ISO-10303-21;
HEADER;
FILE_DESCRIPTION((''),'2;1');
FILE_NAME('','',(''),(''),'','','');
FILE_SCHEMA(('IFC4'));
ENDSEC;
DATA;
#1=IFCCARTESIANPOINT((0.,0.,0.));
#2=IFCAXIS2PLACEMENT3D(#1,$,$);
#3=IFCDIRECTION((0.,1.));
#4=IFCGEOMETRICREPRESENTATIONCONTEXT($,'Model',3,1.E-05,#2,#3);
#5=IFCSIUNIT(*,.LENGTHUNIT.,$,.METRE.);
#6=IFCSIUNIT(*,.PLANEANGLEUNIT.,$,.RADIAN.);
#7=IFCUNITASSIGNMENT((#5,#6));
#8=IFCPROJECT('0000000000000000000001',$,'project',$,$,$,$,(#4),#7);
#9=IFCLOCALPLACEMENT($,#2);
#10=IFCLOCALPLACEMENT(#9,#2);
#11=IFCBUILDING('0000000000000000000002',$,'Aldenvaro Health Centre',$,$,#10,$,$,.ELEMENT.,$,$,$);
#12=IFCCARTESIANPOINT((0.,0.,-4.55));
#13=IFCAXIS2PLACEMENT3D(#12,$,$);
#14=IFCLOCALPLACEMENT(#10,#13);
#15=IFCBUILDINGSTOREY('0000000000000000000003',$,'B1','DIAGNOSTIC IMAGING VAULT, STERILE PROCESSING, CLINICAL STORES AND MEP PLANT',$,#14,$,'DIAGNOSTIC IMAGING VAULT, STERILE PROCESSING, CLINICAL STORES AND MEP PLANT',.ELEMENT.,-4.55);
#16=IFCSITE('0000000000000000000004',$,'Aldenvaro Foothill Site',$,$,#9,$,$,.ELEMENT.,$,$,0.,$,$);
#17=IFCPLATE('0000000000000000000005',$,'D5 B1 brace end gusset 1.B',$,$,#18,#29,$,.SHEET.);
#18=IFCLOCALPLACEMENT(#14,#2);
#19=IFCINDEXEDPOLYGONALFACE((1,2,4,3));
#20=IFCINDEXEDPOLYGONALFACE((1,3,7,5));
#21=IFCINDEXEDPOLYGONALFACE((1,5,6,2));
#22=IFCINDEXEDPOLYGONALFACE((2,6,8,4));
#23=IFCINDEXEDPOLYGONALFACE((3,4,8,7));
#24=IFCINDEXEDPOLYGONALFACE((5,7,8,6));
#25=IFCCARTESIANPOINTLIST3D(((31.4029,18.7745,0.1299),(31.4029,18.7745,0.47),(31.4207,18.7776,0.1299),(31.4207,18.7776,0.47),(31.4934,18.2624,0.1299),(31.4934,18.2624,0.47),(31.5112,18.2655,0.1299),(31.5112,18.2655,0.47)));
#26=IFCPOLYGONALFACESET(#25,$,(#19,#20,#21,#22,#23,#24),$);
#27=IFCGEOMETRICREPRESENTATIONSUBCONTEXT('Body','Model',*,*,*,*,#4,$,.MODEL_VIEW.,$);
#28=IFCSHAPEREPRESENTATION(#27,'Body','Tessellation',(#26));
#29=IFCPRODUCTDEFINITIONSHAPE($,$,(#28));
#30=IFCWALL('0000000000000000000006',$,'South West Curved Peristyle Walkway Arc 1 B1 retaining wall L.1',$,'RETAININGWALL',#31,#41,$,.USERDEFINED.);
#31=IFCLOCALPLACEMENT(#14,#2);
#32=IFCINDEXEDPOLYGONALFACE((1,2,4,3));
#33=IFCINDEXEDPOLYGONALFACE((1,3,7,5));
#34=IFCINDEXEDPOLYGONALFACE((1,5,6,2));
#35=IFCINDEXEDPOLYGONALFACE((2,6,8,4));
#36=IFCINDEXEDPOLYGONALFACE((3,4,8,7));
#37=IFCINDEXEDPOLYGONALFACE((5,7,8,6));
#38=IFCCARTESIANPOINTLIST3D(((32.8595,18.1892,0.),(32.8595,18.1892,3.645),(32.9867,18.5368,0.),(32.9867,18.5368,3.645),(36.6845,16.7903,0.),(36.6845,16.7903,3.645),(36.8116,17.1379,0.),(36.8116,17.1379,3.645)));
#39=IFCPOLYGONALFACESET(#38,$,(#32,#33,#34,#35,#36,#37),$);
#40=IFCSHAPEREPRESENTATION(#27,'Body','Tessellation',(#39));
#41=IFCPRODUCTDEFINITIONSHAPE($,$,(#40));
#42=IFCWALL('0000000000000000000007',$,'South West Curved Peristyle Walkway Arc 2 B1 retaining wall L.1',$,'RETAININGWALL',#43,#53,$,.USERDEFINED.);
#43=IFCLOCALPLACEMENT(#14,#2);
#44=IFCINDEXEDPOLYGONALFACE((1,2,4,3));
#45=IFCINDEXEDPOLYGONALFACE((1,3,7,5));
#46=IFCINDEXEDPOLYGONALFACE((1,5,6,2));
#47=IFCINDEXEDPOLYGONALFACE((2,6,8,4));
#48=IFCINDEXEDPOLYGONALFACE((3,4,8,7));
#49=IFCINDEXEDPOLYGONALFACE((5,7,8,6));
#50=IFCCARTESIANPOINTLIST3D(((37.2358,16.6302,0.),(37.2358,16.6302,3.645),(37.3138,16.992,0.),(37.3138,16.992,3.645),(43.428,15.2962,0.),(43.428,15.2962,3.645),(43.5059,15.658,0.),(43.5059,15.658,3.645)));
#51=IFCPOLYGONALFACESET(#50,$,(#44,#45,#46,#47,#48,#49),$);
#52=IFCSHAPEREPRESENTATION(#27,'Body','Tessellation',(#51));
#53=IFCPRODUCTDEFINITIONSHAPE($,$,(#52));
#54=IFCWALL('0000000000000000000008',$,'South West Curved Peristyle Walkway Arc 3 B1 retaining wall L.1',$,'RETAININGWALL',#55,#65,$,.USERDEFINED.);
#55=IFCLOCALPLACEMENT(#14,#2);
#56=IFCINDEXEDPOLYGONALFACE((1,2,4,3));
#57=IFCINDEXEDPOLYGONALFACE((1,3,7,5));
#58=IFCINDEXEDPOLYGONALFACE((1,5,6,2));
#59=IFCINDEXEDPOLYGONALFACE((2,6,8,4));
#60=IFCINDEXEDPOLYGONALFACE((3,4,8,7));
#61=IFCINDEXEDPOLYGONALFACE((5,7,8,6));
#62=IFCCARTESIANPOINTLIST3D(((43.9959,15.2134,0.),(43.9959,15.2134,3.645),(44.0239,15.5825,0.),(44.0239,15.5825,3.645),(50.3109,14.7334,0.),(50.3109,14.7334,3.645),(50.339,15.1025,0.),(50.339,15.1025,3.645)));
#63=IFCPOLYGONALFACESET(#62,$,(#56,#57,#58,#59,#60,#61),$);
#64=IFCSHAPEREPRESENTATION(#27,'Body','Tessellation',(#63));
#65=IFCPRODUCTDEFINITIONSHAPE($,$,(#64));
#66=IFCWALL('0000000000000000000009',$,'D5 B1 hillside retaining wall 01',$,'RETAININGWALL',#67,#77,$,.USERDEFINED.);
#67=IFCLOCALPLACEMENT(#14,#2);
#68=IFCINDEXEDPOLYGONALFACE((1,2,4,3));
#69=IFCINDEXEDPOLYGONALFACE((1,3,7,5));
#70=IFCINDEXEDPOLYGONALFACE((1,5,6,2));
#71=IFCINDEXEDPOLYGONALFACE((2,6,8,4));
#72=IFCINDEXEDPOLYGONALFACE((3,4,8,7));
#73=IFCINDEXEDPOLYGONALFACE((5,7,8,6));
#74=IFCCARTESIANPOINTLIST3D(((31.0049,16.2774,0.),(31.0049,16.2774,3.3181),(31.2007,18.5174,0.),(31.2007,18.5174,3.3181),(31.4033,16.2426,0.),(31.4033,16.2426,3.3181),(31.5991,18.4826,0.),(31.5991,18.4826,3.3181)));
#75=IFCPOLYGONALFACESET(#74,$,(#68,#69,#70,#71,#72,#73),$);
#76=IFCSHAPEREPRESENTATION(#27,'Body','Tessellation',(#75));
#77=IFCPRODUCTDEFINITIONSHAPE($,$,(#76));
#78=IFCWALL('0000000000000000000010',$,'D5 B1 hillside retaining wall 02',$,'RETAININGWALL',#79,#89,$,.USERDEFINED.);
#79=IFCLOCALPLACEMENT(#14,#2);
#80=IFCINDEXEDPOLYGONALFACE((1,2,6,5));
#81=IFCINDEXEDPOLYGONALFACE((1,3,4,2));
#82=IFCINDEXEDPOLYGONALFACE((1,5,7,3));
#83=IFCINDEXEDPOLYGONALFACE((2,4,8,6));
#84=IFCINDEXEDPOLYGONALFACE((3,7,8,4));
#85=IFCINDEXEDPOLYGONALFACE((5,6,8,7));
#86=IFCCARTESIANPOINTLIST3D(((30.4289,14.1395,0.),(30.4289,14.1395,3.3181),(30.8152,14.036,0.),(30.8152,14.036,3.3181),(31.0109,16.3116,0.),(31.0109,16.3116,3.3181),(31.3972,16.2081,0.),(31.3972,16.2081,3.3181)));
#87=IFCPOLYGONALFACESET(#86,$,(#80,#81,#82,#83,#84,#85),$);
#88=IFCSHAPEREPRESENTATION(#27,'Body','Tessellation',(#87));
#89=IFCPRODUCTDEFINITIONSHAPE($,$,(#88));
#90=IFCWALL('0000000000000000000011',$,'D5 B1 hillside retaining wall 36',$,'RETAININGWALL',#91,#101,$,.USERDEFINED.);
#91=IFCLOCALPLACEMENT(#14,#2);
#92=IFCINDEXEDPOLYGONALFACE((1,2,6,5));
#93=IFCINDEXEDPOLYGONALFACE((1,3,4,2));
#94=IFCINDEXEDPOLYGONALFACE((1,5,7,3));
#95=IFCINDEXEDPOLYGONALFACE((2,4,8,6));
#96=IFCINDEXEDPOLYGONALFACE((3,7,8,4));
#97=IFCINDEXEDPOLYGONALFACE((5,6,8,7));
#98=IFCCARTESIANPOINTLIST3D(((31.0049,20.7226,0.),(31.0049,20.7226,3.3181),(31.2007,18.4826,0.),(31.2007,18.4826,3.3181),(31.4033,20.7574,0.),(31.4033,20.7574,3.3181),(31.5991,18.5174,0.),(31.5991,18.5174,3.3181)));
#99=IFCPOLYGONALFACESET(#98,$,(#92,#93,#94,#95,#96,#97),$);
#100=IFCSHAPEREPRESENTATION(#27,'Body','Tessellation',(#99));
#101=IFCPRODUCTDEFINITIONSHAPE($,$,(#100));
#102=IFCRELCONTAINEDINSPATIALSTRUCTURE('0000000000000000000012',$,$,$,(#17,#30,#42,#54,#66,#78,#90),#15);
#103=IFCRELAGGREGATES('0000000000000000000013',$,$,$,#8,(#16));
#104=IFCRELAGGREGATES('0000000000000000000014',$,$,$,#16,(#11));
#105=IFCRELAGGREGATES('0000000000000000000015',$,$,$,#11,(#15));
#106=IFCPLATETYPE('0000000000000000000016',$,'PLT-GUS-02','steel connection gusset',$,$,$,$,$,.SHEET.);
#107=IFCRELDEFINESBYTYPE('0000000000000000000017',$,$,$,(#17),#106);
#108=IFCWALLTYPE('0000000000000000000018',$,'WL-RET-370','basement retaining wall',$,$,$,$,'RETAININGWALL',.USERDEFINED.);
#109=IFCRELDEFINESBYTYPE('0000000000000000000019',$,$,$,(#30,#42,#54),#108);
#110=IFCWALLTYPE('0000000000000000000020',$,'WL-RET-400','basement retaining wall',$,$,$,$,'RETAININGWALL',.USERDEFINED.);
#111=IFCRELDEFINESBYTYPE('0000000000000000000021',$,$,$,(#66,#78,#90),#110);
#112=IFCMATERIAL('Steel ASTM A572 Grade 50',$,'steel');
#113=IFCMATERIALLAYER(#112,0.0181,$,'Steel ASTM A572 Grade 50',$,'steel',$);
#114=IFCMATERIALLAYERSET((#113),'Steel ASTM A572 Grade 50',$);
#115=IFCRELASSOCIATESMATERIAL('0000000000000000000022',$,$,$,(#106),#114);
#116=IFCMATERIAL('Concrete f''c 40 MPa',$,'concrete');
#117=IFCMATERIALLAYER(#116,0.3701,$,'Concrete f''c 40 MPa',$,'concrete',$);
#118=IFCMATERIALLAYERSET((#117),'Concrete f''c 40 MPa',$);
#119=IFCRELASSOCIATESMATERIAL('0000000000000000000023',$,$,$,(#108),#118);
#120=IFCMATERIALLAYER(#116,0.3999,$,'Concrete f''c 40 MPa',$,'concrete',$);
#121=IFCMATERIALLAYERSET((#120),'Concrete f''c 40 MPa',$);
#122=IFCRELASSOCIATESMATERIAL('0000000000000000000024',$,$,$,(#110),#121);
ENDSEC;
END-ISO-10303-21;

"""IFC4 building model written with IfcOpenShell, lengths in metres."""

from ifc_helpers import new_model, si_unit, direction, frame, frame_2d, origin, origin_2d, place, context, subcontext, project, spatial, rectangle, extrude, material, layer, layer_set, type_object, element, save


model = new_model("IFC4")

# Units and contexts
model_context = context("Model", 3, precision=1e-05, world=origin(), true_north=direction((0.0, 1.0)))
body_context = subcontext(model_context, "Body", "Model", "MODEL_VIEW")
ifc_project = project(units=[si_unit("LENGTHUNIT", "METRE"), si_unit("PLANEANGLEUNIT", "RADIAN")], contexts=[model_context])

# Site, building, storey
site_placement = place(None, origin())
site = spatial("IfcSite", under=ifc_project, at=site_placement, Name="Aldenvaro Foothill Site", CompositionType="ELEMENT", RefElevation=0.0)
building_placement = place(site_placement, origin())
building = spatial("IfcBuilding", under=site, at=building_placement, Name="Aldenvaro Health Centre", CompositionType="ELEMENT")
storey_placement = place(building_placement, frame((0.0, 0.0, -4.55)))
storey = spatial("IfcBuildingStorey", under=building, at=storey_placement, Name="B1", Description="DIAGNOSTIC IMAGING VAULT, STERILE PROCESSING, CLINICAL STORES AND MEP PLANT", LongName="DIAGNOSTIC IMAGING VAULT, STERILE PROCESSING, CLINICAL STORES AND MEP PLANT", CompositionType="ELEMENT", Elevation=-4.55)

# Shared definitions
ifc_material_1 = material(Name="Concrete f'c 40 MPa", Category="concrete")

# Plate
ifc_material_2 = material(Name="Steel ASTM A572 Grade 50", Category="steel")
ifc_layer_1 = layer(ifc_material_2, 0.0181, Name="Steel ASTM A572 Grade 50", Category="steel")
ifc_layer_set_1 = layer_set([ifc_layer_1], Name="Steel ASTM A572 Grade 50")
plate_type = type_object("IfcPlateType", Name="PLT-GUS-02", Description="steel connection gusset", PredefinedType="SHEET", material=ifc_layer_set_1)
plate_placement = place(storey_placement, frame((31.457, 18.52, 0.1299), z_axis=(0.0, 0.0, 1.0), x_axis=(-0.173958, 0.984753, 0.0)))
element("IfcPlate", 1, at=plate_placement, inside=storey, type_object=plate_type, Name="D5 B1 brace end gusset 1.B", PredefinedType="SHEET", context=body_context, shape_type="SweptSolid", body=[
    extrude(rectangle(XDim=0.52, YDim=0.0181, at=origin_2d()), origin(), (0.0, 0.0, 1.0), 0.3401),
])

# Walls
ifc_layer_2 = layer(ifc_material_1, 0.3701, Name="Concrete f'c 40 MPa", Category="concrete")
ifc_layer_set_2 = layer_set([ifc_layer_2], Name="Concrete f'c 40 MPa")
wall_type_1 = type_object("IfcWallType", Name="WL-RET-370", Description="basement retaining wall", ElementType="RETAININGWALL", PredefinedType="USERDEFINED", material=ifc_layer_set_2)
wall_1_placement = place(storey_placement, frame((32.9231, 18.363, 0.0), z_axis=(0.0, 0.0, 1.0), x_axis=(0.939158, -0.343485, 0.0)))
element("IfcWall", 2, at=wall_1_placement, inside=storey, type_object=wall_type_1, Name="South West Curved Peristyle Walkway Arc 1 B1 retaining wall L.1", ObjectType="RETAININGWALL", PredefinedType="USERDEFINED", context=body_context, shape_type="SweptSolid", body=[
    extrude(rectangle(XDim=4.0728, YDim=0.3701, at=frame_2d((2.0364, 0.0))), origin(), (0.0, 0.0, 1.0), 3.645),
])
wall_2_placement = place(storey_placement, frame((37.2749, 16.811, 0.0), z_axis=(0.0, 0.0, 1.0), x_axis=(0.977572, -0.2106, 0.0)))
element("IfcWall", 3, at=wall_2_placement, inside=storey, type_object=wall_type_1, Name="South West Curved Peristyle Walkway Arc 2 B1 retaining wall L.1", ObjectType="RETAININGWALL", PredefinedType="USERDEFINED", context=body_context, shape_type="SweptSolid", body=[
    extrude(rectangle(XDim=6.3342, YDim=0.3701, at=frame_2d((3.167, 0.0))), origin(), (0.0, 0.0, 1.0), 3.645),
])
wall_3_placement = place(storey_placement, frame((44.01, 15.3979, 0.0), z_axis=(0.0, 0.0, 1.0), x_axis=(0.997124, -0.075789, 0.0)))
element("IfcWall", 4, at=wall_3_placement, inside=storey, type_object=wall_type_1, Name="South West Curved Peristyle Walkway Arc 3 B1 retaining wall L.1", ObjectType="RETAININGWALL", PredefinedType="USERDEFINED", context=body_context, shape_type="SweptSolid", body=[
    extrude(rectangle(XDim=6.3333, YDim=0.3701, at=frame_2d((3.1665, 0.0))), origin(), (0.0, 0.0, 1.0), 3.645),
])
ifc_layer_3 = layer(ifc_material_1, 0.3999, Name="Concrete f'c 40 MPa", Category="concrete")
ifc_layer_set_3 = layer_set([ifc_layer_3], Name="Concrete f'c 40 MPa")
wall_type_2 = type_object("IfcWallType", Name="WL-RET-400", Description="basement retaining wall", ElementType="RETAININGWALL", PredefinedType="USERDEFINED", material=ifc_layer_set_3)
wall_4_placement = place(storey_placement, frame((31.3999, 18.5, 0.0), z_axis=(0.0, 0.0, 1.0), x_axis=(-0.087079, -0.996201, 0.0)))
element("IfcWall", 5, at=wall_4_placement, inside=storey, type_object=wall_type_2, Name="D5 B1 hillside retaining wall 01", ObjectType="RETAININGWALL", PredefinedType="USERDEFINED", context=body_context, shape_type="SweptSolid", body=[
    extrude(rectangle(XDim=2.2485, YDim=0.3999, at=frame_2d((1.1243, 0.0))), origin(), (0.0, 0.0, 1.0), 3.3181),
])
wall_5_placement = place(storey_placement, frame((31.2041, 16.26, 0.0), z_axis=(0.0, 0.0, 1.0), x_axis=(-0.258825, -0.965924, 0.0)))
element("IfcWall", 6, at=wall_5_placement, inside=storey, type_object=wall_type_2, Name="D5 B1 hillside retaining wall 02", ObjectType="RETAININGWALL", PredefinedType="USERDEFINED", context=body_context, shape_type="SweptSolid", body=[
    extrude(rectangle(XDim=2.2488, YDim=0.3999, at=frame_2d((1.1245, 0.0))), origin(), (0.0, 0.0, 1.0), 3.3181),
])
wall_6_placement = place(storey_placement, frame((31.2041, 20.74, 0.0), z_axis=(0.0, 0.0, 1.0), x_axis=(0.087079, -0.996201, 0.0)))
element("IfcWall", 7, at=wall_6_placement, inside=storey, type_object=wall_type_2, Name="D5 B1 hillside retaining wall 36", ObjectType="RETAININGWALL", PredefinedType="USERDEFINED", context=body_context, shape_type="SweptSolid", body=[
    extrude(rectangle(XDim=2.2485, YDim=0.3999, at=frame_2d((1.1243, 0.0))), origin(), (0.0, 0.0, 1.0), 3.3181),
])

save(model, "model.ifc")
